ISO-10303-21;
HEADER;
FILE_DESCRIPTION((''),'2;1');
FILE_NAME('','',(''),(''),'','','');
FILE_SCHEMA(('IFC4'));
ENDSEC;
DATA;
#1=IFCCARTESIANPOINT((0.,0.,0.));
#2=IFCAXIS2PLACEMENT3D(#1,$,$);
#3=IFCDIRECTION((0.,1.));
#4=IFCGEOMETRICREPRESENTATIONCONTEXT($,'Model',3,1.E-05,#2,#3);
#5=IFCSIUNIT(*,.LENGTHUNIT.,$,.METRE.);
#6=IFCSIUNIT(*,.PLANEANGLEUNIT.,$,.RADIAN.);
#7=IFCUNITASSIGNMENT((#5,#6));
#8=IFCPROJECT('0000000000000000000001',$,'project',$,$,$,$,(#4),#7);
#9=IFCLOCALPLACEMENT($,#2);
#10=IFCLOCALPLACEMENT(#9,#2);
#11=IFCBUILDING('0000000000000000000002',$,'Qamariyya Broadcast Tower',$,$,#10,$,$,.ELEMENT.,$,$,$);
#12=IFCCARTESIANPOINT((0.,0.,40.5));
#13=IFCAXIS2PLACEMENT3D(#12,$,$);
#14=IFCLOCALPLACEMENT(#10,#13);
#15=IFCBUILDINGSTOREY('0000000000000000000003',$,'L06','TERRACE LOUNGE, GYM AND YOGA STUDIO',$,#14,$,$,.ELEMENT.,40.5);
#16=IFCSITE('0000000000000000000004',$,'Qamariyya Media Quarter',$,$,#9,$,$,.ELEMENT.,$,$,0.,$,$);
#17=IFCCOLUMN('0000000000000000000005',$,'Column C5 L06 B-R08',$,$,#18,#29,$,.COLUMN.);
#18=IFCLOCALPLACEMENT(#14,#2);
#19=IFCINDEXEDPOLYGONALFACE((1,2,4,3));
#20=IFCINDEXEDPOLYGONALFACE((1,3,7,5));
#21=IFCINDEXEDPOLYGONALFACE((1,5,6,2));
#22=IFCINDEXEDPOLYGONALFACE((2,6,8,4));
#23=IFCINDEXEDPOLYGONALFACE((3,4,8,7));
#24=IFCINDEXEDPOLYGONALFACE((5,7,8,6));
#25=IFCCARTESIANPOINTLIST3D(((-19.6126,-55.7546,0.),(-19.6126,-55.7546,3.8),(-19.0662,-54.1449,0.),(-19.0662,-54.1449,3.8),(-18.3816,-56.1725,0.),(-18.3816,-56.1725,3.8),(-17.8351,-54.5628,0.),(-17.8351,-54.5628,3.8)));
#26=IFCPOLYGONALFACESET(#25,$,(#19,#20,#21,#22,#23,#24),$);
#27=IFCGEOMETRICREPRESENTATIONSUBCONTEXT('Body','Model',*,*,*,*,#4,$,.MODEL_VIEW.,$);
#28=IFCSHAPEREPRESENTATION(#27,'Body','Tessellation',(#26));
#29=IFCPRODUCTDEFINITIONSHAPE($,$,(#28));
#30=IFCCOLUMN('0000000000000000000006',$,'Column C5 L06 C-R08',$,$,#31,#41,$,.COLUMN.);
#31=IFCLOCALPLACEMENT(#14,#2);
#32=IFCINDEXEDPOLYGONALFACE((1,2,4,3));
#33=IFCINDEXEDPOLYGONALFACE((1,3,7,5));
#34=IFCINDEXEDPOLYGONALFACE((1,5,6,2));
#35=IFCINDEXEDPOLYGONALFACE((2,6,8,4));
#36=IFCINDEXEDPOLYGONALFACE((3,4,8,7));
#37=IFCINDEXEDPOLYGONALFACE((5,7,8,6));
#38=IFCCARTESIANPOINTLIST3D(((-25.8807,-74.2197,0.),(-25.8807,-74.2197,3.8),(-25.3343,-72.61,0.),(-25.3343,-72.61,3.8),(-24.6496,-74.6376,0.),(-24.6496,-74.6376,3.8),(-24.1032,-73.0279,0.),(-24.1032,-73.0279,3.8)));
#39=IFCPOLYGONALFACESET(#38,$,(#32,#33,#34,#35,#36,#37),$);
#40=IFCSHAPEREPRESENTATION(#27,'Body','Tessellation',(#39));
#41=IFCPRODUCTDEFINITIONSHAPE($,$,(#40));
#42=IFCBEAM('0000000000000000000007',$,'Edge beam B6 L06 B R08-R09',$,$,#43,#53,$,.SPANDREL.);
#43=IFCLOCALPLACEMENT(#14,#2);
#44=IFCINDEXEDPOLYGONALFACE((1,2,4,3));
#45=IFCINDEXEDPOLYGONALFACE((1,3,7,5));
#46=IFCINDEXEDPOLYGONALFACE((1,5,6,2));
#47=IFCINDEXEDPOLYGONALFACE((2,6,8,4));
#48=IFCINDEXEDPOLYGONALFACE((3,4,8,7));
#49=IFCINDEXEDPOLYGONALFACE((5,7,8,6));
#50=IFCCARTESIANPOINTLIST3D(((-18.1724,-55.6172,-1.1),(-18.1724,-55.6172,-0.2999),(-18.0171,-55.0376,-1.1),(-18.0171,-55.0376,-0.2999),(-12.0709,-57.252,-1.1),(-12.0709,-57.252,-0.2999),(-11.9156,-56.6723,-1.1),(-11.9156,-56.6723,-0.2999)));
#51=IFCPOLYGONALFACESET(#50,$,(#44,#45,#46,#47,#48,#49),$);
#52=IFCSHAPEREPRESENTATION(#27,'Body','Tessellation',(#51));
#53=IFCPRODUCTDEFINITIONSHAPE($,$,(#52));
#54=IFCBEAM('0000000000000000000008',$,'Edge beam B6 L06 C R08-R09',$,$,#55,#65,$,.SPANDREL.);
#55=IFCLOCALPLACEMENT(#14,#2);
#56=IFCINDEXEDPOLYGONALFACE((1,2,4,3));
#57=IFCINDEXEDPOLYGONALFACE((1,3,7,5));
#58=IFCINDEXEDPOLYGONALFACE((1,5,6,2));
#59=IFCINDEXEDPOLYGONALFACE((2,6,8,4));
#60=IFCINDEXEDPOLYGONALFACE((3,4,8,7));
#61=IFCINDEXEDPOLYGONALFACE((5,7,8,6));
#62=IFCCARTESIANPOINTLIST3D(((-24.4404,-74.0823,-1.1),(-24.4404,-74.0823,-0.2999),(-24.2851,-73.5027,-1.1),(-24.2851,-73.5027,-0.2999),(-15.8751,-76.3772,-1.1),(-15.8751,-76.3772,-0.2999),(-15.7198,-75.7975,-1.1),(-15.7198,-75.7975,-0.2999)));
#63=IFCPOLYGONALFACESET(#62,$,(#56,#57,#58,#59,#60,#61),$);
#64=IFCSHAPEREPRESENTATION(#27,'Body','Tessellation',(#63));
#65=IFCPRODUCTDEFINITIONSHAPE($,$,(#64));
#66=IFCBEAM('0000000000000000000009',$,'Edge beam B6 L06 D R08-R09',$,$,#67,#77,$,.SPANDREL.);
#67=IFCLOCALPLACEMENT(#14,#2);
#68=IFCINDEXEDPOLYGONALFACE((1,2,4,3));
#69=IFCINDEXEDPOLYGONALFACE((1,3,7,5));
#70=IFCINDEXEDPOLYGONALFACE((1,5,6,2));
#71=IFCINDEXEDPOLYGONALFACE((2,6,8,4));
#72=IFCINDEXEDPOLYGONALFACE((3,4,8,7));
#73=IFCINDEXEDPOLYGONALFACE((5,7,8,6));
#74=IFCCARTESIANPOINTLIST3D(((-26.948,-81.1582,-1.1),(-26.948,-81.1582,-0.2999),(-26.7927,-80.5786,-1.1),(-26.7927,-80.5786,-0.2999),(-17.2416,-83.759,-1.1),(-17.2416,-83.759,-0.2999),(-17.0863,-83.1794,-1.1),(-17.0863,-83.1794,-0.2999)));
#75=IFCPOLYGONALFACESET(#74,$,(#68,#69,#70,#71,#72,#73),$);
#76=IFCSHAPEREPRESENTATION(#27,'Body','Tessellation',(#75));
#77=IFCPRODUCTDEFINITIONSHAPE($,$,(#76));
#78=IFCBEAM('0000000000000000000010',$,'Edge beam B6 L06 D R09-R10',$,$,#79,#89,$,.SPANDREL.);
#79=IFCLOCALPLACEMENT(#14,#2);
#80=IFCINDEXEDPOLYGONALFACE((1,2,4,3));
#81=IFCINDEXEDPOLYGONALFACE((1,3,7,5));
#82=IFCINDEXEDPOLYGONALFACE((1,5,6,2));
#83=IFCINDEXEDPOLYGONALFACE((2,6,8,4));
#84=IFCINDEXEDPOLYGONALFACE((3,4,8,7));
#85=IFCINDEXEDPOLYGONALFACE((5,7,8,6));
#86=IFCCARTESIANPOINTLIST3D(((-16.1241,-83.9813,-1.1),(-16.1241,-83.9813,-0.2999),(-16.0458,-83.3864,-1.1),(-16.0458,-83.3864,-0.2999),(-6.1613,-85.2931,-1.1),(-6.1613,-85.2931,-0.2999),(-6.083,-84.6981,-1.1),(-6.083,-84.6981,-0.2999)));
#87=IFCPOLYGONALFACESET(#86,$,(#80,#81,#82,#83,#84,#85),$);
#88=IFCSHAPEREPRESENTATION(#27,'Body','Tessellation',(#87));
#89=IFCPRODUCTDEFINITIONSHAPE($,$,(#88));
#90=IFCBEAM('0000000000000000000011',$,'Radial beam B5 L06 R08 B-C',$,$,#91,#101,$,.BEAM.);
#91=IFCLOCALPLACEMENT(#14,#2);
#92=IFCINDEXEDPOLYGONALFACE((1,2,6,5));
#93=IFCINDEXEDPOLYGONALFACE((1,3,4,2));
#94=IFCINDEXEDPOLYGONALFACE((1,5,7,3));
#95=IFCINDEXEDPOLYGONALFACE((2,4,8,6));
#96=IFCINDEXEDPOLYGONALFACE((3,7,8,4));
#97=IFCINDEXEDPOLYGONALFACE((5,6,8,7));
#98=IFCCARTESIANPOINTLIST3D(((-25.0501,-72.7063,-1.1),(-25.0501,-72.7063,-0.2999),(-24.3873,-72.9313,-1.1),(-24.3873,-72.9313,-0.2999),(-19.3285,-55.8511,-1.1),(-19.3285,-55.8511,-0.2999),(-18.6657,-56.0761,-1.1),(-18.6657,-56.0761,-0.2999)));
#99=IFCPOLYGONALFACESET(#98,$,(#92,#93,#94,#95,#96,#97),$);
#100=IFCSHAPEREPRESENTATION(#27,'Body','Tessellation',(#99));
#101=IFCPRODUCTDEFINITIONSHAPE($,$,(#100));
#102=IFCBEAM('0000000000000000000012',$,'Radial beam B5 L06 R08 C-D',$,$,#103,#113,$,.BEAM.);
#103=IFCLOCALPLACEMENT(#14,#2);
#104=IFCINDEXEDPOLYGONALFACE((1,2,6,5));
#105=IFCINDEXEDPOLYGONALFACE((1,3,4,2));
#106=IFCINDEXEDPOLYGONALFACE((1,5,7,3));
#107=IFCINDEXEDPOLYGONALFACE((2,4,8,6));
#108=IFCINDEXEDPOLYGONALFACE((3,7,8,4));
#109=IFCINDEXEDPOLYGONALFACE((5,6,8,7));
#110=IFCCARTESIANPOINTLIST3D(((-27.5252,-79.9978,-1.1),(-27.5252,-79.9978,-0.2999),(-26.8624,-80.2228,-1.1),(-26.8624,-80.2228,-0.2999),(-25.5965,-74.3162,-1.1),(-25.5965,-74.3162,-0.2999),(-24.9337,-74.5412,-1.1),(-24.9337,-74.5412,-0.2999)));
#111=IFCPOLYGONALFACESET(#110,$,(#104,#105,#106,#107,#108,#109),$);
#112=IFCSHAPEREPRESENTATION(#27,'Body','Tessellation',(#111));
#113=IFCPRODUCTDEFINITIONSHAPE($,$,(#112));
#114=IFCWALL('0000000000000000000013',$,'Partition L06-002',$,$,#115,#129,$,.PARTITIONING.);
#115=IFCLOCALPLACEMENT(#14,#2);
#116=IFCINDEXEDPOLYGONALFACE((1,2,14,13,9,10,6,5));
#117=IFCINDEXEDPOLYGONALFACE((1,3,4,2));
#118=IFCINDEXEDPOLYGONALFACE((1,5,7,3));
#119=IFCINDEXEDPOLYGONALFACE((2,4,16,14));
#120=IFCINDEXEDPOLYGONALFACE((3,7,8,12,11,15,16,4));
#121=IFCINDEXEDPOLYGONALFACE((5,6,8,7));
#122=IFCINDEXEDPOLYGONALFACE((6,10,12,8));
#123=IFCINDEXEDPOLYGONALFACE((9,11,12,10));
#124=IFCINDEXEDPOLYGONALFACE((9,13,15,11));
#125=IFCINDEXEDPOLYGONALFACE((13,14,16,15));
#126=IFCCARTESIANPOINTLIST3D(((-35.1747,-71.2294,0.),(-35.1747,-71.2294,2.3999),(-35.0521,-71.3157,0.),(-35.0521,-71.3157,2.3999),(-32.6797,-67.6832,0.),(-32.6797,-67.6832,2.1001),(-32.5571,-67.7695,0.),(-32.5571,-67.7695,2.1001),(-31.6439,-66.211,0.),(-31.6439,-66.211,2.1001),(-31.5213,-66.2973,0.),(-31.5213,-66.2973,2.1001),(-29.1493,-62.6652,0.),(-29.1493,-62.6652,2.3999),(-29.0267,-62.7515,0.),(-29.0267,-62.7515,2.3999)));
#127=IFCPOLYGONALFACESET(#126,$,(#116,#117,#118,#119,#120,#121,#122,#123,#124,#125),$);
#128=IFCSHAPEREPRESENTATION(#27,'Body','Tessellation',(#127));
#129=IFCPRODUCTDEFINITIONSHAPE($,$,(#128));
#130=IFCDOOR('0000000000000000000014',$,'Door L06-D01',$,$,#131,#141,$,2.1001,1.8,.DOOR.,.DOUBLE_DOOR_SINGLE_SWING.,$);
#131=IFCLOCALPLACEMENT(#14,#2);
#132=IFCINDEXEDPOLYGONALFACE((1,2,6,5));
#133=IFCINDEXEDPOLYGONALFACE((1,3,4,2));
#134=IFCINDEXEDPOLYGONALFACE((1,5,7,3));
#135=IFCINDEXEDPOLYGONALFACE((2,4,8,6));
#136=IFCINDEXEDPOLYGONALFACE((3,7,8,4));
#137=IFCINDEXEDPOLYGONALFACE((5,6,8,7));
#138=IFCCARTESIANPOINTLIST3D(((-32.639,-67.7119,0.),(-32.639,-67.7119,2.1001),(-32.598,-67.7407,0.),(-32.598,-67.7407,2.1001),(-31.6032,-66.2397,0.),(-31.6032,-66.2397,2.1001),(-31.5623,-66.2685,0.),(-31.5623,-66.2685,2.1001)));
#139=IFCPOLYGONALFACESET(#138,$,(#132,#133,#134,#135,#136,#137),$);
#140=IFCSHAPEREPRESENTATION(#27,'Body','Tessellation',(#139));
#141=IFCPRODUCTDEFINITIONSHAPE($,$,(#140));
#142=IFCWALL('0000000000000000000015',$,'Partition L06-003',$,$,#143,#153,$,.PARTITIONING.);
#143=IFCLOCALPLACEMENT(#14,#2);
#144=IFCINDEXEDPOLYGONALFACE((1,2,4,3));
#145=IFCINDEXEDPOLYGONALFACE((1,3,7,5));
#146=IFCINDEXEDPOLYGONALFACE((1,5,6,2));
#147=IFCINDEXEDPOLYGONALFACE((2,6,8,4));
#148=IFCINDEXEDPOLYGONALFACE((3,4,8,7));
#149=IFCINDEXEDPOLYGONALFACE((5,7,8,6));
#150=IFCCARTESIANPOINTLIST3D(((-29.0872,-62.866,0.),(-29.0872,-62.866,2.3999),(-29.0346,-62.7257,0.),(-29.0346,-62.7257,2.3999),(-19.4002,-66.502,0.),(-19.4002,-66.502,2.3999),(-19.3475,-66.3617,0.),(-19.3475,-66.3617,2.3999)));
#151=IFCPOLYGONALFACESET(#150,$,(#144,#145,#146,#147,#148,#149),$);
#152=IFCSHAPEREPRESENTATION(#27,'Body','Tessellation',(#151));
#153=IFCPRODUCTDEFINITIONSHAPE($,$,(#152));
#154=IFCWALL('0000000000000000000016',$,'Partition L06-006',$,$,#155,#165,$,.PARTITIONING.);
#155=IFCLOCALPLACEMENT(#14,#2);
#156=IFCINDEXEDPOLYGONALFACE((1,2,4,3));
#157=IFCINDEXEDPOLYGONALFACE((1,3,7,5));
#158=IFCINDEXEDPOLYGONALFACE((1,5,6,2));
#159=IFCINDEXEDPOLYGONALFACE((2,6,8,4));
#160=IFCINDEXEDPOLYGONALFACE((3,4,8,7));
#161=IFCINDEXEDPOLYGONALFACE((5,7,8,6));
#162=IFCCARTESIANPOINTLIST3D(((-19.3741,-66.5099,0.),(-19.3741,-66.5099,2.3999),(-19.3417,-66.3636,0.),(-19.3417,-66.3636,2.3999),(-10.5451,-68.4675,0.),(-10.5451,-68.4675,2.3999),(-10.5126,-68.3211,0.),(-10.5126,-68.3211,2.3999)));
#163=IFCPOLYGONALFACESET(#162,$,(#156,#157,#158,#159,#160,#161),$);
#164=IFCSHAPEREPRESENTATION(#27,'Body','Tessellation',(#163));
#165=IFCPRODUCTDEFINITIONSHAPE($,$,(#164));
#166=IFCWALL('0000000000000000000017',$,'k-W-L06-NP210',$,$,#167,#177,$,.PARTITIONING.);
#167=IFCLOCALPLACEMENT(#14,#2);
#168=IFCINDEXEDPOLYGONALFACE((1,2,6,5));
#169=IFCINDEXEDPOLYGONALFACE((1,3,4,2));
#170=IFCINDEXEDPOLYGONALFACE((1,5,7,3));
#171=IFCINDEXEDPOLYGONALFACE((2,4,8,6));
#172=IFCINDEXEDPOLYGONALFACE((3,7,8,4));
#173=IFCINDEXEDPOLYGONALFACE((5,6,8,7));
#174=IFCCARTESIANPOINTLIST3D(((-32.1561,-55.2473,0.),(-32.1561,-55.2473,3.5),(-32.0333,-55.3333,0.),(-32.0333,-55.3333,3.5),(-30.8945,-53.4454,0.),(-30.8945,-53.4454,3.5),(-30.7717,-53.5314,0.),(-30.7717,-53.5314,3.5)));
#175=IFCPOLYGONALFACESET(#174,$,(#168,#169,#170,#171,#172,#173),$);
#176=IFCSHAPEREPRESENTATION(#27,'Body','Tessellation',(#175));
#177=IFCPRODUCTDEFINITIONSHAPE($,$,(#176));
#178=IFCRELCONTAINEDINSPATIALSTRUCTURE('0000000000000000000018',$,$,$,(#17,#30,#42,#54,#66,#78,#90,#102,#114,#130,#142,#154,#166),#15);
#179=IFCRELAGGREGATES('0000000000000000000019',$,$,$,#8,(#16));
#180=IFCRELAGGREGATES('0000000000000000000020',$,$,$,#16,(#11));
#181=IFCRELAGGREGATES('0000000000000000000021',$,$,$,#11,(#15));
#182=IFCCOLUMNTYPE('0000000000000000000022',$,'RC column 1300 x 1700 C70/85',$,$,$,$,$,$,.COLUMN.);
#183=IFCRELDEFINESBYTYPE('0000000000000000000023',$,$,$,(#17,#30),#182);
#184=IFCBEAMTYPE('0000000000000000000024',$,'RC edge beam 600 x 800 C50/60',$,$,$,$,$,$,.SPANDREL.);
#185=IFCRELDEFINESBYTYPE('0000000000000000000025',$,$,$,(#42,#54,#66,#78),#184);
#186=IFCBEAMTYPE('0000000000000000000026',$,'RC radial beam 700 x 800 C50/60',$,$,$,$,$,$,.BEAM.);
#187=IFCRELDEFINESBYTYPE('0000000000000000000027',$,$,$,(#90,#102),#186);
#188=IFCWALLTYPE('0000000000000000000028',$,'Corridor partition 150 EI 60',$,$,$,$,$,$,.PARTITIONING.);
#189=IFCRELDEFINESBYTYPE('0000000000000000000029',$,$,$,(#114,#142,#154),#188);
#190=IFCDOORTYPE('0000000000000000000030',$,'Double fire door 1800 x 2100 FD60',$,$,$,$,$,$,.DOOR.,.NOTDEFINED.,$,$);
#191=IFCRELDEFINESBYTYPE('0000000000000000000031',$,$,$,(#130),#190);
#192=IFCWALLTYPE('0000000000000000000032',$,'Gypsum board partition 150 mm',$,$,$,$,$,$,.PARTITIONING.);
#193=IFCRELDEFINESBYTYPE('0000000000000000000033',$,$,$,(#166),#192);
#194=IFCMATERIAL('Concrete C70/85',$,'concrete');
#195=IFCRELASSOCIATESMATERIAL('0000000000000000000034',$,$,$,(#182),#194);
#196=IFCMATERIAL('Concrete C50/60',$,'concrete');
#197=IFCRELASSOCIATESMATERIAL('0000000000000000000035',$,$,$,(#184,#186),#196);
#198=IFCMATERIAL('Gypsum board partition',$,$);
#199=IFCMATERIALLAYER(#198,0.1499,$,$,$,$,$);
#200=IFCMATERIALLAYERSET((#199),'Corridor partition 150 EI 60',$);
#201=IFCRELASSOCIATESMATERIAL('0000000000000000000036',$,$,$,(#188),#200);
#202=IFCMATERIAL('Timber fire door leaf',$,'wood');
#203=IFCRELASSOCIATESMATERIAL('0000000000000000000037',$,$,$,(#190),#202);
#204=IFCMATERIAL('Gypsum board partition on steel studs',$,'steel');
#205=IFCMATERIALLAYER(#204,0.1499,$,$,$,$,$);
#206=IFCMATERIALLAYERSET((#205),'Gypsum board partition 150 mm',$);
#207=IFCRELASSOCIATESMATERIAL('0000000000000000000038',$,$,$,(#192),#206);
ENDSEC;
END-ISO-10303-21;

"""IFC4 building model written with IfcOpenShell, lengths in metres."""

from ifc_helpers import new_model, si_unit, direction, frame, frame_2d, origin, origin_2d, place, context, subcontext, project, spatial, rectangle, extrude, material, layer, layer_set, material_profile, profile_set, type_object, element, fill, save


model = new_model("IFC4")

# Units and contexts
model_context = context("Model", 3, precision=1e-05, world=origin(), true_north=direction((0.0, 1.0)))
body_context = subcontext(model_context, "Body", "Model", "MODEL_VIEW")
ifc_project = project(units=[si_unit("LENGTHUNIT", "METRE"), si_unit("PLANEANGLEUNIT", "RADIAN")], contexts=[model_context])

# Site, building, storey
site_placement = place(None, origin())
site = spatial("IfcSite", under=ifc_project, at=site_placement, Name="Qamariyya Media Quarter", CompositionType="ELEMENT", RefElevation=0.0)
building_placement = place(site_placement, origin())
building = spatial("IfcBuilding", under=site, at=building_placement, Name="Qamariyya Broadcast Tower", CompositionType="ELEMENT")
storey_placement = place(building_placement, frame((0.0, 0.0, 40.5)))
storey = spatial("IfcBuildingStorey", under=building, at=storey_placement, Name="L06", Description="TERRACE LOUNGE, GYM AND YOGA STUDIO", CompositionType="ELEMENT", Elevation=40.5)

# Columns
ifc_material_1 = material(Name="Concrete C70/85", Category="concrete")
ifc_material_profile_1 = material_profile(ifc_material_1, rectangle(XDim=1.3, YDim=1.7, at=origin_2d()))
ifc_profile_set_1 = profile_set([ifc_material_profile_1], Name="Concrete C70/85")
column_type = type_object("IfcColumnType", Name="RC column 1300 x 1700 C70/85", PredefinedType="COLUMN", material=ifc_profile_set_1)
for number, where, z_axis, x_axis, name in (
    (1, (-18.7239, -55.1587, 0.0), (0.0, 0.0, 1.0), (0.94693, -0.321439, 0.0), "Column C5 L06 B-R08"),
    (2, (-24.9919, -73.6238, 0.0), (0.0, 0.0, 1.0), (0.94693, -0.321439, 0.0), "Column C5 L06 C-R08"),
):
    element("IfcColumn", number, at=place(storey_placement, frame(where, z_axis=z_axis, x_axis=x_axis)), inside=storey, type_object=column_type, Name=name, PredefinedType="COLUMN", context=body_context, shape_type="SweptSolid", body=[
        extrude(rectangle(XDim=1.3, YDim=1.7, at=origin_2d()), origin(), (0.0, 0.0, 1.0), 3.8),
    ])

# Beams
ifc_material_2 = material(Name="Concrete C50/60", Category="concrete")
ifc_material_profile_2 = material_profile(ifc_material_2, rectangle(XDim=0.6001, YDim=0.8, at=origin_2d()))
ifc_profile_set_2 = profile_set([ifc_material_profile_2], Name="Concrete C50/60")
beam_type_1 = type_object("IfcBeamType", Name="RC edge beam 600 x 800 C50/60", PredefinedType="SPANDREL", material=ifc_profile_set_2)
beam_1_placement = place(storey_placement, frame((-18.0947, -55.3274, -0.7), z_axis=(0.965931, -0.258798, 0.0), x_axis=(0.258798, 0.965931, 0.0)))
element("IfcBeam", 3, at=beam_1_placement, inside=storey, type_object=beam_type_1, Name="Edge beam B6 L06 B R08-R09", PredefinedType="SPANDREL", context=body_context, shape_type="SweptSolid", body=[
    extrude(rectangle(XDim=0.6001, YDim=0.8, at=origin_2d()), origin(), (0.0, 0.0, 1.0), 6.3167),
])
beam_2_placement = place(storey_placement, frame((-24.3628, -73.7925, -0.7), z_axis=(0.965931, -0.2588, 0.0), x_axis=(0.2588, 0.965931, 0.0)))
element("IfcBeam", 4, at=beam_2_placement, inside=storey, type_object=beam_type_1, Name="Edge beam B6 L06 C R08-R09", PredefinedType="SPANDREL", context=body_context, shape_type="SweptSolid", body=[
    extrude(rectangle(XDim=0.6001, YDim=0.8, at=origin_2d()), origin(), (0.0, 0.0, 1.0), 8.8674),
])
for number, where, z_axis, x_axis, name in (
    (5, (-26.8704, -80.8684, -0.7), (0.965927, -0.258816, 0.0), (0.258816, 0.965927, 0.0), "Edge beam B6 L06 D R08-R09"),
    (6, (-16.085, -83.6838, -0.7), (0.991443, -0.130539, 0.0), (0.130539, 0.991443, 0.0), "Edge beam B6 L06 D R09-R10"),
):
    element("IfcBeam", number, at=place(storey_placement, frame(where, z_axis=z_axis, x_axis=x_axis)), inside=storey, type_object=beam_type_1, Name=name, PredefinedType="SPANDREL", context=body_context, shape_type="SweptSolid", body=[
        extrude(rectangle(XDim=0.6001, YDim=0.8, at=origin_2d()), origin(), (0.0, 0.0, 1.0), 10.0488),
    ])
ifc_material_profile_3 = material_profile(ifc_material_2, rectangle(XDim=0.7, YDim=0.8, at=origin_2d()))
ifc_profile_set_3 = profile_set([ifc_material_profile_3], Name="Concrete C50/60")
beam_type_2 = type_object("IfcBeamType", Name="RC radial beam 700 x 800 C50/60", PredefinedType="BEAM", material=ifc_profile_set_3)
beam_3_placement = place(storey_placement, frame((-18.9971, -55.9636, -0.7), z_axis=(-0.321445, -0.946928, 0.0), x_axis=(0.946928, -0.321445, 0.0)))
element("IfcBeam", 7, at=beam_3_placement, inside=storey, type_object=beam_type_2, Name="Radial beam B5 L06 R08 B-C", PredefinedType="BEAM", context=body_context, shape_type="SweptSolid", body=[
    extrude(rectangle(XDim=0.7, YDim=0.8, at=origin_2d()), origin(), (0.0, 0.0, 1.0), 17.7998),
])
beam_4_placement = place(storey_placement, frame((-25.2651, -74.4287, -0.7), z_axis=(-0.321448, -0.946927, 0.0), x_axis=(0.946927, -0.321448, 0.0)))
element("IfcBeam", 8, at=beam_4_placement, inside=storey, type_object=beam_type_2, Name="Radial beam B5 L06 R08 C-D", PredefinedType="BEAM", context=body_context, shape_type="SweptSolid", body=[
    extrude(rectangle(XDim=0.7, YDim=0.8, at=origin_2d()), origin(), (0.0, 0.0, 1.0), 6.0),
])

# Wall, opening, door
ifc_material_3 = material(Name="Gypsum board partition")
ifc_layer_1 = layer(ifc_material_3, 0.1499)
ifc_layer_set_1 = layer_set([ifc_layer_1], Name="Corridor partition 150 EI 60")
wall_type_1 = type_object("IfcWallType", Name="Corridor partition 150 EI 60", PredefinedType="PARTITIONING", material=ifc_layer_set_1)
wall_1_placement = place(storey_placement, frame((-29.0879, -62.7083, 0.0), z_axis=(0.0, 0.0, 1.0), x_axis=(-0.575412, -0.817864, 0.0)))
wall_1 = element("IfcWall", 9, at=wall_1_placement, inside=storey, type_object=wall_type_1, Name="Partition L06-002", PredefinedType="PARTITIONING", context=body_context, shape_type="SweptSolid", body=[
    extrude(rectangle(XDim=10.4714, YDim=0.1499, at=frame_2d((5.2358, 0.0))), origin(), (0.0, 0.0, 1.0), 2.3999),
])
opening_1_placement = place(wall_1_placement, frame((4.3357, 0.0, 0.0)))
opening_1 = element("IfcOpeningElement", 10, at=opening_1_placement, cuts=wall_1, PredefinedType="OPENING", context=body_context, shape_type="SweptSolid", body=[
    extrude(rectangle(XDim=1.8, YDim=2.1001, at=frame_2d((0.8999, 1.05))), frame((0.0, 0.085, 0.0), z_axis=(0.0, -1.0, 0.0), x_axis=(1.0, 0.0, 0.0)), (0.0, 0.0, 1.0), 0.1699),
])
ifc_material_4 = material(Name="Timber fire door leaf", Category="wood")
door_type_1 = type_object("IfcDoorType", Name="Double fire door 1800 x 2100 FD60", OperationType="NOTDEFINED", PredefinedType="DOOR", material=ifc_material_4)
door_1_placement = place(opening_1_placement, origin())
door_1 = element("IfcDoor", 11, at=door_1_placement, inside=storey, type_object=door_type_1, Name="Door L06-D01", OperationType="DOUBLE_DOOR_SINGLE_SWING", OverallHeight=2.1001, OverallWidth=1.8, PredefinedType="DOOR", context=body_context, shape_type="SweptSolid", body=[
    extrude(rectangle(XDim=1.8, YDim=2.1001, at=frame_2d((0.8999, 1.05))), frame((0.0, 0.0249, 0.0), z_axis=(0.0, -1.0, 0.0), x_axis=(1.0, 0.0, 0.0)), (0.0, 0.0, 1.0), 0.05),
])
fill(opening_1, door_1)

# Walls
wall_2_placement = place(storey_placement, frame((-29.0608, -62.7959, 0.0), z_axis=(0.0, 0.0, 1.0), x_axis=(0.936222, -0.351408, 0.0)))
element("IfcWall", 12, at=wall_2_placement, inside=storey, type_object=wall_type_1, Name="Partition L06-003", PredefinedType="PARTITIONING", context=body_context, shape_type="SweptSolid", body=[
    extrude(rectangle(XDim=10.3469, YDim=0.1499, at=frame_2d((5.1733, 0.0))), origin(), (0.0, 0.0, 1.0), 2.3999),
])
wall_3_placement = place(storey_placement, frame((-19.3579, -66.4368, 0.0), z_axis=(0.0, 0.0, 1.0), x_axis=(0.976292, -0.216456, 0.0)))
element("IfcWall", 13, at=wall_3_placement, inside=storey, type_object=wall_type_1, Name="Partition L06-006", PredefinedType="PARTITIONING", context=body_context, shape_type="SweptSolid", body=[
    extrude(rectangle(XDim=9.0435, YDim=0.1499, at=frame_2d((4.5217, 0.0))), origin(), (0.0, 0.0, 1.0), 2.3999),
])
ifc_material_5 = material(Name="Gypsum board partition on steel studs", Category="steel")
ifc_layer_2 = layer(ifc_material_5, 0.1499)
ifc_layer_set_2 = layer_set([ifc_layer_2], Name="Gypsum board partition 150 mm")
wall_type_2 = type_object("IfcWallType", Name="Gypsum board partition 150 mm", PredefinedType="PARTITIONING", material=ifc_layer_set_2)
wall_4_placement = place(storey_placement, frame((-32.0947, -55.2903, 0.0), z_axis=(0.0, 0.0, 1.0), x_axis=(0.573559, 0.819164, 0.0)))
element("IfcWall", 14, at=wall_4_placement, inside=storey, type_object=wall_type_2, Name="k-W-L06-NP210", PredefinedType="PARTITIONING", context=body_context, shape_type="SweptSolid", body=[
    extrude(rectangle(XDim=2.1997, YDim=0.1499, at=frame_2d((1.0999, 0.0))), origin(), (0.0, 0.0, 1.0), 3.5),
])

save(model, "model.ifc")
